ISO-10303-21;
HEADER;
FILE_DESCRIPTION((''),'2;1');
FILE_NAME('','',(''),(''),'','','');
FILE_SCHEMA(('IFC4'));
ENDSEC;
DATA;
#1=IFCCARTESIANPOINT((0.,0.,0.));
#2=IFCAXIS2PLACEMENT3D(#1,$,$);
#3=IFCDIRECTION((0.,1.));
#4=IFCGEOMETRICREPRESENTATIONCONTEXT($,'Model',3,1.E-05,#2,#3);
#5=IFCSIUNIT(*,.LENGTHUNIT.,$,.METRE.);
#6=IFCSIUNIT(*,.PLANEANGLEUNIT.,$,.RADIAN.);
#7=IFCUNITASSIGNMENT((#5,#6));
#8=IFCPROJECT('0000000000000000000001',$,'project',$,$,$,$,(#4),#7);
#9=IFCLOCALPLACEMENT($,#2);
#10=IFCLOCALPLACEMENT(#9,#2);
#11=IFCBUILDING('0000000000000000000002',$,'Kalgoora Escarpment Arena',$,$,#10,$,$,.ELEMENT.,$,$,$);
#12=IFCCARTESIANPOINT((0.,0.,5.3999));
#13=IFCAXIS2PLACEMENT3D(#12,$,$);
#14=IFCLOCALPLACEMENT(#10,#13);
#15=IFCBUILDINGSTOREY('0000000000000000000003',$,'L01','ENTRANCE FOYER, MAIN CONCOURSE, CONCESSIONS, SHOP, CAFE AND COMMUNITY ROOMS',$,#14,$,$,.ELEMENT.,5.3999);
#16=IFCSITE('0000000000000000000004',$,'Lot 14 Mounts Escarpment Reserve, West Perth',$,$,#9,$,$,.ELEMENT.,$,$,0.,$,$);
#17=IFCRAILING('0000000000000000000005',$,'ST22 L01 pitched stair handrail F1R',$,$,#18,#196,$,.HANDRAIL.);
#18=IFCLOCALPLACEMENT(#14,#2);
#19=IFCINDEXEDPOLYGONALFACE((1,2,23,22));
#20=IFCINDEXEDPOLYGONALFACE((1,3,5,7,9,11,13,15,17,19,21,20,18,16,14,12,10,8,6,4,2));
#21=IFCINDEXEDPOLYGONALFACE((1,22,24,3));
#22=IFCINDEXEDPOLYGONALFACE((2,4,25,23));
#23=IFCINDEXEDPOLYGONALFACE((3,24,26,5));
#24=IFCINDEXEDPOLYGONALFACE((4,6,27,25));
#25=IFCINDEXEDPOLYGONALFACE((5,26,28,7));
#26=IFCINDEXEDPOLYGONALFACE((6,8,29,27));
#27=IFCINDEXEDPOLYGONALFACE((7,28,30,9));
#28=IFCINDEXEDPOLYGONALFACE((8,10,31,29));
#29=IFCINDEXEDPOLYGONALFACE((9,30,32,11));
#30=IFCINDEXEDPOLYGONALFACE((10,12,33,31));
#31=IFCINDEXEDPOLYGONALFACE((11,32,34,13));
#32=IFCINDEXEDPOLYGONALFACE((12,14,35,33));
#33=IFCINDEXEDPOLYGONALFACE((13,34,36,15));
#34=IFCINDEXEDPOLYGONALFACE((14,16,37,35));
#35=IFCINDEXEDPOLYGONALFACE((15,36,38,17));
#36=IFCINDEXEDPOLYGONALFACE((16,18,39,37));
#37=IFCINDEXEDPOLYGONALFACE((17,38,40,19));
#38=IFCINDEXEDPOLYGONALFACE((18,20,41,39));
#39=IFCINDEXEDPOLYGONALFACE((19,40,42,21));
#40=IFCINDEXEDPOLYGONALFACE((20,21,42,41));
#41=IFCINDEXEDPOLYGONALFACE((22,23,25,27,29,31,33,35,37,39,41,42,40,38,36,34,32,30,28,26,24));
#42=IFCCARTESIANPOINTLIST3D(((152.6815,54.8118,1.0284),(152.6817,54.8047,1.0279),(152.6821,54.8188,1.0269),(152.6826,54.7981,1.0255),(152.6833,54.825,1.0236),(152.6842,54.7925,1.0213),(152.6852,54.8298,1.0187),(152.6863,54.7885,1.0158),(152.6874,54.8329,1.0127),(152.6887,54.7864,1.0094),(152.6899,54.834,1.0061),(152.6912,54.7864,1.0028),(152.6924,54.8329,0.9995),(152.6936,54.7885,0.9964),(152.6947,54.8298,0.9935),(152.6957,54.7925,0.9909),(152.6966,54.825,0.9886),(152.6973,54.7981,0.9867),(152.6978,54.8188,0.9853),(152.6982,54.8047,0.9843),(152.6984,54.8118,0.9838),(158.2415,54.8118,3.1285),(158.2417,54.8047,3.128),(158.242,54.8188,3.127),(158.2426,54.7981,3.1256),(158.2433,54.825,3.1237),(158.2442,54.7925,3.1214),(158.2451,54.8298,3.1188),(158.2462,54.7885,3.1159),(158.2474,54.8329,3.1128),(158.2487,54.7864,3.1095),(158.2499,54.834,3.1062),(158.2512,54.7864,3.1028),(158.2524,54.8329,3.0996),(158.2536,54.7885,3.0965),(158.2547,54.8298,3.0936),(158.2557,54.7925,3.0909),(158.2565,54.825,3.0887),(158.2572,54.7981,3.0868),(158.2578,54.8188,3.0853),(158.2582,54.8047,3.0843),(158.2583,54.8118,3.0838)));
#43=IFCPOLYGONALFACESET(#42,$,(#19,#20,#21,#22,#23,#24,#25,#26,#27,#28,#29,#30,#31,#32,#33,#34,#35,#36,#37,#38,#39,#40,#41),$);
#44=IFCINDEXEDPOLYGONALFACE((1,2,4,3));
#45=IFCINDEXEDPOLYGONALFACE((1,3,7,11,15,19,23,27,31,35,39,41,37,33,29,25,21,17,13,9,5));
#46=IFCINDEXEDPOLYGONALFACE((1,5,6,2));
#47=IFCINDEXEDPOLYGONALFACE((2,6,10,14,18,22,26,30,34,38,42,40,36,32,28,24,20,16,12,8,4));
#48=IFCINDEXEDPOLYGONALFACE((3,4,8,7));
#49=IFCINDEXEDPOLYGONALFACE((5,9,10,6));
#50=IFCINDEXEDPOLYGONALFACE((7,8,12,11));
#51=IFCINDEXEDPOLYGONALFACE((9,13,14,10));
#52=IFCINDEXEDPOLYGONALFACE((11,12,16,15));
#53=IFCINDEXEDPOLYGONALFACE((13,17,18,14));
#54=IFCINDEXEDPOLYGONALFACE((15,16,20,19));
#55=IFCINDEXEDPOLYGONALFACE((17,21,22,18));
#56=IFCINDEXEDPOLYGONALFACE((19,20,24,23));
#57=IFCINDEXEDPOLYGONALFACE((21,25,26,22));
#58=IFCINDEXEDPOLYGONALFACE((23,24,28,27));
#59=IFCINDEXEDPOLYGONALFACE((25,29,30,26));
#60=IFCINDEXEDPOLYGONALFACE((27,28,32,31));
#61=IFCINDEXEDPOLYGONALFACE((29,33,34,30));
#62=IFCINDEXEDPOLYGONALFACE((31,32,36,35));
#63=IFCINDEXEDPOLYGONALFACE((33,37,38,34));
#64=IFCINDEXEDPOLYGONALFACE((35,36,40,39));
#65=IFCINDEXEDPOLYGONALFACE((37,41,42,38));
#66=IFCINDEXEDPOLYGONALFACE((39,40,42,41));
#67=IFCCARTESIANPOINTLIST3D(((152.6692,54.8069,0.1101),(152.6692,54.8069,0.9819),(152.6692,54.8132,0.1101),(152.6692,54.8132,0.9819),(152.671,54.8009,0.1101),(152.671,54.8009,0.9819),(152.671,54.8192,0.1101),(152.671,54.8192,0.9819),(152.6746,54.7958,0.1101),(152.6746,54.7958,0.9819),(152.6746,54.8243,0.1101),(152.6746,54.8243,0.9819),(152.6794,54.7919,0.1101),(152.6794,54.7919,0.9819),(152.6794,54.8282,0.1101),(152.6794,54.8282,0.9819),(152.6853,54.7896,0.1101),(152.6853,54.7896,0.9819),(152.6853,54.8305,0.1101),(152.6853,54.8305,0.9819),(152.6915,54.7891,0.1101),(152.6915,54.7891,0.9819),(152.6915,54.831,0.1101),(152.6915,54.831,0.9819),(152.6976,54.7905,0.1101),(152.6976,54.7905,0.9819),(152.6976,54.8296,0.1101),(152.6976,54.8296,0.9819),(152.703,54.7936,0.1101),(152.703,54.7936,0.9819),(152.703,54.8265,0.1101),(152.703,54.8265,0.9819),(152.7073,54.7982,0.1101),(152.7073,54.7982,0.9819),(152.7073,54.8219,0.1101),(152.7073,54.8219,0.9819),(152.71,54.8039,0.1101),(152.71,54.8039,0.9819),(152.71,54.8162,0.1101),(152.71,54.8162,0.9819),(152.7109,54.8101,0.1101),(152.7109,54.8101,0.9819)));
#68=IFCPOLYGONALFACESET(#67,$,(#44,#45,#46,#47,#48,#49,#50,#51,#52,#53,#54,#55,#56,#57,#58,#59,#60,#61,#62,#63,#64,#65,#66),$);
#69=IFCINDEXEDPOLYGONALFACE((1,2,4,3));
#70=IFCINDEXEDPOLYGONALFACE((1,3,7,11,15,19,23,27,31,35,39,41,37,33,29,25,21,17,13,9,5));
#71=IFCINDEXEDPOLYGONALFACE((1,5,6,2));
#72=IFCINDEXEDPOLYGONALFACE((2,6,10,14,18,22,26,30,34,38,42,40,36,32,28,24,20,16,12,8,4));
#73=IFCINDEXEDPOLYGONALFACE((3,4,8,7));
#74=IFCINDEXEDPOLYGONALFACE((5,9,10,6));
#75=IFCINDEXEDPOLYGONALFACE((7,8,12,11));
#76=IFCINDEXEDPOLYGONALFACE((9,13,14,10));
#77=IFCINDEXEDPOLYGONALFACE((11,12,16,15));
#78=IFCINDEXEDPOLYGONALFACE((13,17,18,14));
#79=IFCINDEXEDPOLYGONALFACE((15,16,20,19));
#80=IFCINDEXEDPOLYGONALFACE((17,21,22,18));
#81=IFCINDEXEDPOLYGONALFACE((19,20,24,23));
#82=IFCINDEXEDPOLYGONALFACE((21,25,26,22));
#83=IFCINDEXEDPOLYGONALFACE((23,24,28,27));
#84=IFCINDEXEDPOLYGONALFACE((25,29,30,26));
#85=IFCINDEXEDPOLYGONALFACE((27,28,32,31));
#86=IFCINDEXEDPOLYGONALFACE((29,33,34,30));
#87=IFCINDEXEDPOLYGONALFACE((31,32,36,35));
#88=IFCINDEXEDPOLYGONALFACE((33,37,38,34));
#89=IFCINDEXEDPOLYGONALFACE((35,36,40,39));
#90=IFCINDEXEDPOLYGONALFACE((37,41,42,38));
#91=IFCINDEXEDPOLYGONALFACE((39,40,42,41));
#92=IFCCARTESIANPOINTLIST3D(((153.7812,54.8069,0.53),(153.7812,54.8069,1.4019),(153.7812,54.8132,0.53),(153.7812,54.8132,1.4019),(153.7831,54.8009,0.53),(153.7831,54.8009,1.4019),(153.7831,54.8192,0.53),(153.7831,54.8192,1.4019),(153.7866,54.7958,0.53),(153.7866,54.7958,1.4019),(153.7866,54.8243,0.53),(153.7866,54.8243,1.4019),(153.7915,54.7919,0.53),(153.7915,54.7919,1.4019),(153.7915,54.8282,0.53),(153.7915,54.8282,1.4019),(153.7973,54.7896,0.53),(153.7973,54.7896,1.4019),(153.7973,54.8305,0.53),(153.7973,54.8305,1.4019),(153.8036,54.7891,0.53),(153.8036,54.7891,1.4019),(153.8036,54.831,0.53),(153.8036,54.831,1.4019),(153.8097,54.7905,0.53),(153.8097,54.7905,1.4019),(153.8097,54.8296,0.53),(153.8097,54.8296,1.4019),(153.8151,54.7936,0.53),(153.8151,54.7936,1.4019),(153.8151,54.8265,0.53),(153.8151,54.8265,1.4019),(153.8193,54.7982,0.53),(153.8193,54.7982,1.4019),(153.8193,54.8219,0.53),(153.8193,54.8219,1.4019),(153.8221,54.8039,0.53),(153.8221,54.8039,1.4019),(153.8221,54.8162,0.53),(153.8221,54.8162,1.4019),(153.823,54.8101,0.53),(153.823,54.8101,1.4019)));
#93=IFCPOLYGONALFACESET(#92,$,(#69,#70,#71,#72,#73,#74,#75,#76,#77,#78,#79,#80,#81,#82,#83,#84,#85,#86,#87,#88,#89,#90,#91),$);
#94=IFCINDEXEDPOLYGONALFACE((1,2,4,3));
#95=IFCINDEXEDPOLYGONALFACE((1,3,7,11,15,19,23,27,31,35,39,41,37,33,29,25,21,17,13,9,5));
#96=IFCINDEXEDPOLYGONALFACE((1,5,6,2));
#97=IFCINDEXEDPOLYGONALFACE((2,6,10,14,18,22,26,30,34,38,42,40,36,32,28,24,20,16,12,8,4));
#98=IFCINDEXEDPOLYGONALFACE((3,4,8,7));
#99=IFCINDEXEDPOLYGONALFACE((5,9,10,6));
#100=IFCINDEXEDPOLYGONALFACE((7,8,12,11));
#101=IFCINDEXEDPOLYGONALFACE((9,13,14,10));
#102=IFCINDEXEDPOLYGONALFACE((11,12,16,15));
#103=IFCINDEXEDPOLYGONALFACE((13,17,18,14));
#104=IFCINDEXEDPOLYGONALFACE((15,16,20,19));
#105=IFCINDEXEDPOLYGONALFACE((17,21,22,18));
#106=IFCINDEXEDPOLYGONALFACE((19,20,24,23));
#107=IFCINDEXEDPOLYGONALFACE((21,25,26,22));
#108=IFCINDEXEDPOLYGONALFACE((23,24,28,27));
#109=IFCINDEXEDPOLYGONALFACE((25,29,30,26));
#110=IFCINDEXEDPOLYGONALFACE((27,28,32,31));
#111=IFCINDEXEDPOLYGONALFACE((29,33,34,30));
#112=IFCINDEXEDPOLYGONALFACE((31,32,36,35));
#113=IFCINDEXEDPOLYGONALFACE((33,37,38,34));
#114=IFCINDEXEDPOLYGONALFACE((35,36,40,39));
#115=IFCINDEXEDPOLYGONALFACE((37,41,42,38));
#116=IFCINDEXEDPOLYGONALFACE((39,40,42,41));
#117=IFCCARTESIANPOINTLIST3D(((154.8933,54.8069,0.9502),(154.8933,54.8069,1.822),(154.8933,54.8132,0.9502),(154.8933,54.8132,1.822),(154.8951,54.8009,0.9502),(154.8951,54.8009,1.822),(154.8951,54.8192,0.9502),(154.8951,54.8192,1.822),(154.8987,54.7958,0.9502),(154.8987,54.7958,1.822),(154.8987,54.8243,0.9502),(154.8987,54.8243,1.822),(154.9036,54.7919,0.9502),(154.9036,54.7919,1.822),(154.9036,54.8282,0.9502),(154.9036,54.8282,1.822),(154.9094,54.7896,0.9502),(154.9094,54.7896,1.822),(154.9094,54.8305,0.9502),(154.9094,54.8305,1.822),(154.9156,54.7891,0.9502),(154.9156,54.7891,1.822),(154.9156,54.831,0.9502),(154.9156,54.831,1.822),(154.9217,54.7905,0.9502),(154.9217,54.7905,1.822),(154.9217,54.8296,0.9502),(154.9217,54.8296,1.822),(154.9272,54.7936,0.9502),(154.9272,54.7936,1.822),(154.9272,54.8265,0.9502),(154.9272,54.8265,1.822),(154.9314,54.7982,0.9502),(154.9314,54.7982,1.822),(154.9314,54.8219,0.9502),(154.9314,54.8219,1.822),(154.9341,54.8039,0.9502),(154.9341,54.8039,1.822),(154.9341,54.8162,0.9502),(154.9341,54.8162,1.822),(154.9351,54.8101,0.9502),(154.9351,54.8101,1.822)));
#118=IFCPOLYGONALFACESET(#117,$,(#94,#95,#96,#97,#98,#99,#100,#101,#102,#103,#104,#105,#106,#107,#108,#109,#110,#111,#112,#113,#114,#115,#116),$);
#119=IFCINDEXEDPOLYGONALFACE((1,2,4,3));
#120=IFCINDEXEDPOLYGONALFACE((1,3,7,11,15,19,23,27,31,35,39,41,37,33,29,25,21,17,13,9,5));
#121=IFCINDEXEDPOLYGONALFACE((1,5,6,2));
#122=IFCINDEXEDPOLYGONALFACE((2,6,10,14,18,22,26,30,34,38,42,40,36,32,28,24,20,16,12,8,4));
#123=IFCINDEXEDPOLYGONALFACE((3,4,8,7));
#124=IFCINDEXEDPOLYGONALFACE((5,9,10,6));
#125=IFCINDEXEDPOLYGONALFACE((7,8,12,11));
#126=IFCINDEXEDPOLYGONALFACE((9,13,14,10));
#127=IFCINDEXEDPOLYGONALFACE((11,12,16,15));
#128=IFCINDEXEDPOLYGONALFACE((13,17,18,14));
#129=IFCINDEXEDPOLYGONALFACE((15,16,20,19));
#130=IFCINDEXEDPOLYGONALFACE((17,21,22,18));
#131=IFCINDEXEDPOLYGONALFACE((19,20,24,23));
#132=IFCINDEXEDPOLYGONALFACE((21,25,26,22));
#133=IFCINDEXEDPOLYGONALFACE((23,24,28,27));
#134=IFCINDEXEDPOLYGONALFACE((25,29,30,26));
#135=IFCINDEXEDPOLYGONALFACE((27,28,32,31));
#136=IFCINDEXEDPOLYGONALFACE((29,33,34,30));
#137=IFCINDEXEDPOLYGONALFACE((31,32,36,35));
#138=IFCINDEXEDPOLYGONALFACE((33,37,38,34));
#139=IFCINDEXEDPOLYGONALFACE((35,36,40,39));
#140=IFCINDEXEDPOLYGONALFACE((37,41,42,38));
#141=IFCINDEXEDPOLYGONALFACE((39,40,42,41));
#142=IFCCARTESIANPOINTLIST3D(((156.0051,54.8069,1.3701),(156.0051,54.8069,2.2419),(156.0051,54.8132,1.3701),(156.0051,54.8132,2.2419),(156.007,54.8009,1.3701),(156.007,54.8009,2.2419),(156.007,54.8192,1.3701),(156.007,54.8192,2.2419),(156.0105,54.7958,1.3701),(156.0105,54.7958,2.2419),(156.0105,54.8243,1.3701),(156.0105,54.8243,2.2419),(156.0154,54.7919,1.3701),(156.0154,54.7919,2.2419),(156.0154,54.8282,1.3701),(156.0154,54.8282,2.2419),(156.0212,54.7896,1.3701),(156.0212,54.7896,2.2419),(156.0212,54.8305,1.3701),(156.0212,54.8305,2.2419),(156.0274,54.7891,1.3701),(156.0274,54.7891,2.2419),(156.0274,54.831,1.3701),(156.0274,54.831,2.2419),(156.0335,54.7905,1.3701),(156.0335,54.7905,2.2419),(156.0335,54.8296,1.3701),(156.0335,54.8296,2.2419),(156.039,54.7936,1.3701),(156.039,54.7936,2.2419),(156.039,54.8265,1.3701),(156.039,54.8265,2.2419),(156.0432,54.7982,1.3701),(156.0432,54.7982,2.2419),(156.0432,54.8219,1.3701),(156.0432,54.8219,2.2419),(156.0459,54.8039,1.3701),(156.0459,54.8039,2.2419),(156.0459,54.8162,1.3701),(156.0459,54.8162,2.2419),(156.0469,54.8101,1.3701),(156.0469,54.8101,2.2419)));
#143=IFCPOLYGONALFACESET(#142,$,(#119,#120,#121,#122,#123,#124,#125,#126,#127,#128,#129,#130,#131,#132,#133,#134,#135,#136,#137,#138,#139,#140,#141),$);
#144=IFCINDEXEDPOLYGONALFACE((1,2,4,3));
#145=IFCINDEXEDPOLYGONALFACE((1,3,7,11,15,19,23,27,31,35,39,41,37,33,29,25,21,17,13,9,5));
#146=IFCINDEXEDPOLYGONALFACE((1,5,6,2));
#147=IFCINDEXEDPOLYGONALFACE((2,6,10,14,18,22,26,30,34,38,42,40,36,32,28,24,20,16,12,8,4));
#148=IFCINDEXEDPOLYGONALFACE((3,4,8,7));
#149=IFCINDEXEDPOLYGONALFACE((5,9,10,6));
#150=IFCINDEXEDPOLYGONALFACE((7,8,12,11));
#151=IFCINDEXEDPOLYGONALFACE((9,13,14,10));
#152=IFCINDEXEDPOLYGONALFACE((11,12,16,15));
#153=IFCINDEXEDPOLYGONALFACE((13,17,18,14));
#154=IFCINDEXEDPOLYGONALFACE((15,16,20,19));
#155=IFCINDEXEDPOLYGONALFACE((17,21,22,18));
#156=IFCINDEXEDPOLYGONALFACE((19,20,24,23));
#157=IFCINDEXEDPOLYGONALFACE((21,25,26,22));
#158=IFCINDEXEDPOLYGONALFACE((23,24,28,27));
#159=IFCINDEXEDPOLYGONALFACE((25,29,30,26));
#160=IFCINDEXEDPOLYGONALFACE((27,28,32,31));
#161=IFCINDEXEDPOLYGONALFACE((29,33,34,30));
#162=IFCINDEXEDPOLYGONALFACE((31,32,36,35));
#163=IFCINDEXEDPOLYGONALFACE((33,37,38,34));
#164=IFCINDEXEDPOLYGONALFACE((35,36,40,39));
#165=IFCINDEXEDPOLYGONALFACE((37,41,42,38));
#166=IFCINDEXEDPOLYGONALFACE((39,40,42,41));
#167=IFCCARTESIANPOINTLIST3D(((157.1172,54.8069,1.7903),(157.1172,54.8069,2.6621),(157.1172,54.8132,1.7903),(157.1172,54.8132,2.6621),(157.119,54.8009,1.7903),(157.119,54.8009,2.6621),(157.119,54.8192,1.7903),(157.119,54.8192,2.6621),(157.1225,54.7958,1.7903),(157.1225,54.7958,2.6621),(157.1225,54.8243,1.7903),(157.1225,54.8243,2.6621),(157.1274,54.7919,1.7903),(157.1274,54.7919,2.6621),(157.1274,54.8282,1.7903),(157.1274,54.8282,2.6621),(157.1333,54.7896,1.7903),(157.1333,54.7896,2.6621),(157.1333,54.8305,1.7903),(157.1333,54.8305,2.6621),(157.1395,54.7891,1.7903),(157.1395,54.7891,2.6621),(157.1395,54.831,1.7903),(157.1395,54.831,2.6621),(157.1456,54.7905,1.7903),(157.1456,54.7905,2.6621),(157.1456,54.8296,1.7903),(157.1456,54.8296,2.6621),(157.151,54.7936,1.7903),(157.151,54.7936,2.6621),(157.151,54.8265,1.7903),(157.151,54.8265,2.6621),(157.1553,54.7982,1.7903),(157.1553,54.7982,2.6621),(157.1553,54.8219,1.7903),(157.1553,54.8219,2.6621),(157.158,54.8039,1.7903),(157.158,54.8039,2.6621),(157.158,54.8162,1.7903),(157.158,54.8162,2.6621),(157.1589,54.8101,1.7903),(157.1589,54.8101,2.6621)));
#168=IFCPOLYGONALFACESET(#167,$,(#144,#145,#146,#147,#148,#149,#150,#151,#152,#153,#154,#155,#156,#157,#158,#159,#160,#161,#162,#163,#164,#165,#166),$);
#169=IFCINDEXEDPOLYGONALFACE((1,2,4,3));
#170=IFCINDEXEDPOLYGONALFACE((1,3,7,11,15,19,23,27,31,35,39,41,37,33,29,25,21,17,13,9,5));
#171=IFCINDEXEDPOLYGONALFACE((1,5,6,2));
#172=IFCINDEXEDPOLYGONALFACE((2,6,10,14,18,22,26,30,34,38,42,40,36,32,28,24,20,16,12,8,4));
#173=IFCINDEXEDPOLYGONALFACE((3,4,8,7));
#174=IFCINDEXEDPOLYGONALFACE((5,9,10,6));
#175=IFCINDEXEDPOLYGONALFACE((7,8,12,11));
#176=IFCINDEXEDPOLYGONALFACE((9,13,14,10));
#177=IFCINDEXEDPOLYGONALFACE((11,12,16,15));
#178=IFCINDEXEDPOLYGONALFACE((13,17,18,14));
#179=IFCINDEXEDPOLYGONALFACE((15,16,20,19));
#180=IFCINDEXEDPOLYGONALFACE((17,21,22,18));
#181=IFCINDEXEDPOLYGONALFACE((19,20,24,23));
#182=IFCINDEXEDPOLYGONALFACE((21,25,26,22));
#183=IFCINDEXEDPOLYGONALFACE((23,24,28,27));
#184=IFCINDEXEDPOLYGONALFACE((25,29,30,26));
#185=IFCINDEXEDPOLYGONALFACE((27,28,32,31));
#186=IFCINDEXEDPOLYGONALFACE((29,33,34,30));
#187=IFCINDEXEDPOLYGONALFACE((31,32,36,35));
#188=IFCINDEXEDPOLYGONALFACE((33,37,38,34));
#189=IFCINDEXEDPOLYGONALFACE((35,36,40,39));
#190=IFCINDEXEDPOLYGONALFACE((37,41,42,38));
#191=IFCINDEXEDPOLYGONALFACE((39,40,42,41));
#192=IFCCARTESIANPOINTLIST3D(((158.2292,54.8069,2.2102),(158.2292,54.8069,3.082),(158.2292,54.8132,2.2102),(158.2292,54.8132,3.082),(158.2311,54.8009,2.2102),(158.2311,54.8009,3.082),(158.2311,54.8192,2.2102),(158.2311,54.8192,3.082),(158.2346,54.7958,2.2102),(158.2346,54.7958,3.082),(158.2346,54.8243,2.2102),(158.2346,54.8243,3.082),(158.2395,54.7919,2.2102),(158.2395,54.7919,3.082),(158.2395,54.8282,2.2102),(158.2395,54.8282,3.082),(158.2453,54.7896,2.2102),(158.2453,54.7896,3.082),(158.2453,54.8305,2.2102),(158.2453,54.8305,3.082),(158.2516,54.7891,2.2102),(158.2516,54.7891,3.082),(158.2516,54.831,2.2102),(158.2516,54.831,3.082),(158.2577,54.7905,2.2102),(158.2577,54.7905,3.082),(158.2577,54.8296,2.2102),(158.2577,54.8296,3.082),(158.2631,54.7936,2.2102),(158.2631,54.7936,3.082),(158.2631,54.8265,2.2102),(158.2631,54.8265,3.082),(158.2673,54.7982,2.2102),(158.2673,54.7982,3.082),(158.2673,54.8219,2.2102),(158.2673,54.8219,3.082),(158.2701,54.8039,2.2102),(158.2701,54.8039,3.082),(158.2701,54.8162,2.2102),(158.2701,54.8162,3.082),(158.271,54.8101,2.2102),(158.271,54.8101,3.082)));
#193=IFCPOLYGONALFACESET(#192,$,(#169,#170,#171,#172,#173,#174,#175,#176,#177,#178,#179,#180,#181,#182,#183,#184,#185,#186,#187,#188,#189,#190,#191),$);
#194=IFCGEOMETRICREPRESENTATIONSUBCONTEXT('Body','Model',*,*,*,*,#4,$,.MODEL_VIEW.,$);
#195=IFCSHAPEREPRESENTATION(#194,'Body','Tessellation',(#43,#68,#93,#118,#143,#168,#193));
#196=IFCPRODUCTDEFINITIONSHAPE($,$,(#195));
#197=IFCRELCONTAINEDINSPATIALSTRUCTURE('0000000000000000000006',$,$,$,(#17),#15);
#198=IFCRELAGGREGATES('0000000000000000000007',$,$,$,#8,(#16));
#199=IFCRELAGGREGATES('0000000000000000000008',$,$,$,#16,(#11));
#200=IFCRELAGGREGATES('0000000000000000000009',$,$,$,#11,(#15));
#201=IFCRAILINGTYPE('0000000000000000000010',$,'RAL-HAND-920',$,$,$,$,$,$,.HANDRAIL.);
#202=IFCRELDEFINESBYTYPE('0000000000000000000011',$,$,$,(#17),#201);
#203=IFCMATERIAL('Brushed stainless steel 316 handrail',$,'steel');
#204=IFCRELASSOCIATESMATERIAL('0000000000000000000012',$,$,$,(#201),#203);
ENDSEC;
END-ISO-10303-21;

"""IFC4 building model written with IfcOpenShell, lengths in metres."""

from ifc_helpers import new_model, si_unit, direction, frame, origin, origin_2d, place, context, subcontext, project, spatial, circle, extrude, material, type_object, element, save


model = new_model("IFC4")

# Units and contexts
model_context = context("Model", 3, precision=1e-05, world=origin(), true_north=direction((0.0, 1.0)))
body_context = subcontext(model_context, "Body", "Model", "MODEL_VIEW")
ifc_project = project(units=[si_unit("LENGTHUNIT", "METRE"), si_unit("PLANEANGLEUNIT", "RADIAN")], contexts=[model_context])

# Site, building, storey
site_placement = place(None, origin())
site = spatial("IfcSite", under=ifc_project, at=site_placement, Name="Lot 14 Mounts Escarpment Reserve, West Perth", CompositionType="ELEMENT", RefElevation=0.0)
building_placement = place(site_placement, origin())
building = spatial("IfcBuilding", under=site, at=building_placement, Name="Kalgoora Escarpment Arena", CompositionType="ELEMENT")
storey_placement = place(building_placement, frame((0.0, 0.0, 5.3999)))
storey = spatial("IfcBuildingStorey", under=building, at=storey_placement, Name="L01", Description="ENTRANCE FOYER, MAIN CONCOURSE, CONCESSIONS, SHOP, CAFE AND COMMUNITY ROOMS", CompositionType="ELEMENT", Elevation=5.3999)

# Railing
ifc_material_1 = material(Name="Brushed stainless steel 316 handrail", Category="steel")
railing_type_1 = type_object("IfcRailingType", Name="RAL-HAND-920", PredefinedType="HANDRAIL", material=ifc_material_1)
for number, where, name in (
    (1, (152.6899, 54.8101, 0.1101), "ST22 L01 pitched stair handrail F1R"),
):
    element("IfcRailing", number, at=place(storey_placement, frame(where)), inside=storey, type_object=railing_type_1, Name=name, PredefinedType="HANDRAIL", context=body_context, shape_type="SweptSolid", body=[
        extrude(circle(Radius=0.0239, at=origin_2d()), frame((0.0, 0.0, 0.896), z_axis=(0.935493, 0.0, 0.353346), x_axis=(0.0, 1.0, 0.0)), (0.0, 0.0, 1.0), 5.9434),
        extrude(circle(Radius=0.021, at=origin_2d()), origin(), (0.0, 0.0, 1.0), 0.8718),
        extrude(circle(Radius=0.021, at=origin_2d()), frame((1.1121, 0.0, 0.4199)), (0.0, 0.0, 1.0), 0.8718),
        extrude(circle(Radius=0.021, at=origin_2d()), frame((2.2241, 0.0, 0.8401)), (0.0, 0.0, 1.0), 0.8718),
        extrude(circle(Radius=0.021, at=origin_2d()), frame((3.3359, 0.0, 1.26)), (0.0, 0.0, 1.0), 0.8718),
        extrude(circle(Radius=0.021, at=origin_2d()), frame((4.448, 0.0, 1.6802)), (0.0, 0.0, 1.0), 0.8718),
        extrude(circle(Radius=0.021, at=origin_2d()), frame((5.5601, 0.0, 2.1001)), (0.0, 0.0, 1.0), 0.8718),
    ])

save(model, "model.ifc")
